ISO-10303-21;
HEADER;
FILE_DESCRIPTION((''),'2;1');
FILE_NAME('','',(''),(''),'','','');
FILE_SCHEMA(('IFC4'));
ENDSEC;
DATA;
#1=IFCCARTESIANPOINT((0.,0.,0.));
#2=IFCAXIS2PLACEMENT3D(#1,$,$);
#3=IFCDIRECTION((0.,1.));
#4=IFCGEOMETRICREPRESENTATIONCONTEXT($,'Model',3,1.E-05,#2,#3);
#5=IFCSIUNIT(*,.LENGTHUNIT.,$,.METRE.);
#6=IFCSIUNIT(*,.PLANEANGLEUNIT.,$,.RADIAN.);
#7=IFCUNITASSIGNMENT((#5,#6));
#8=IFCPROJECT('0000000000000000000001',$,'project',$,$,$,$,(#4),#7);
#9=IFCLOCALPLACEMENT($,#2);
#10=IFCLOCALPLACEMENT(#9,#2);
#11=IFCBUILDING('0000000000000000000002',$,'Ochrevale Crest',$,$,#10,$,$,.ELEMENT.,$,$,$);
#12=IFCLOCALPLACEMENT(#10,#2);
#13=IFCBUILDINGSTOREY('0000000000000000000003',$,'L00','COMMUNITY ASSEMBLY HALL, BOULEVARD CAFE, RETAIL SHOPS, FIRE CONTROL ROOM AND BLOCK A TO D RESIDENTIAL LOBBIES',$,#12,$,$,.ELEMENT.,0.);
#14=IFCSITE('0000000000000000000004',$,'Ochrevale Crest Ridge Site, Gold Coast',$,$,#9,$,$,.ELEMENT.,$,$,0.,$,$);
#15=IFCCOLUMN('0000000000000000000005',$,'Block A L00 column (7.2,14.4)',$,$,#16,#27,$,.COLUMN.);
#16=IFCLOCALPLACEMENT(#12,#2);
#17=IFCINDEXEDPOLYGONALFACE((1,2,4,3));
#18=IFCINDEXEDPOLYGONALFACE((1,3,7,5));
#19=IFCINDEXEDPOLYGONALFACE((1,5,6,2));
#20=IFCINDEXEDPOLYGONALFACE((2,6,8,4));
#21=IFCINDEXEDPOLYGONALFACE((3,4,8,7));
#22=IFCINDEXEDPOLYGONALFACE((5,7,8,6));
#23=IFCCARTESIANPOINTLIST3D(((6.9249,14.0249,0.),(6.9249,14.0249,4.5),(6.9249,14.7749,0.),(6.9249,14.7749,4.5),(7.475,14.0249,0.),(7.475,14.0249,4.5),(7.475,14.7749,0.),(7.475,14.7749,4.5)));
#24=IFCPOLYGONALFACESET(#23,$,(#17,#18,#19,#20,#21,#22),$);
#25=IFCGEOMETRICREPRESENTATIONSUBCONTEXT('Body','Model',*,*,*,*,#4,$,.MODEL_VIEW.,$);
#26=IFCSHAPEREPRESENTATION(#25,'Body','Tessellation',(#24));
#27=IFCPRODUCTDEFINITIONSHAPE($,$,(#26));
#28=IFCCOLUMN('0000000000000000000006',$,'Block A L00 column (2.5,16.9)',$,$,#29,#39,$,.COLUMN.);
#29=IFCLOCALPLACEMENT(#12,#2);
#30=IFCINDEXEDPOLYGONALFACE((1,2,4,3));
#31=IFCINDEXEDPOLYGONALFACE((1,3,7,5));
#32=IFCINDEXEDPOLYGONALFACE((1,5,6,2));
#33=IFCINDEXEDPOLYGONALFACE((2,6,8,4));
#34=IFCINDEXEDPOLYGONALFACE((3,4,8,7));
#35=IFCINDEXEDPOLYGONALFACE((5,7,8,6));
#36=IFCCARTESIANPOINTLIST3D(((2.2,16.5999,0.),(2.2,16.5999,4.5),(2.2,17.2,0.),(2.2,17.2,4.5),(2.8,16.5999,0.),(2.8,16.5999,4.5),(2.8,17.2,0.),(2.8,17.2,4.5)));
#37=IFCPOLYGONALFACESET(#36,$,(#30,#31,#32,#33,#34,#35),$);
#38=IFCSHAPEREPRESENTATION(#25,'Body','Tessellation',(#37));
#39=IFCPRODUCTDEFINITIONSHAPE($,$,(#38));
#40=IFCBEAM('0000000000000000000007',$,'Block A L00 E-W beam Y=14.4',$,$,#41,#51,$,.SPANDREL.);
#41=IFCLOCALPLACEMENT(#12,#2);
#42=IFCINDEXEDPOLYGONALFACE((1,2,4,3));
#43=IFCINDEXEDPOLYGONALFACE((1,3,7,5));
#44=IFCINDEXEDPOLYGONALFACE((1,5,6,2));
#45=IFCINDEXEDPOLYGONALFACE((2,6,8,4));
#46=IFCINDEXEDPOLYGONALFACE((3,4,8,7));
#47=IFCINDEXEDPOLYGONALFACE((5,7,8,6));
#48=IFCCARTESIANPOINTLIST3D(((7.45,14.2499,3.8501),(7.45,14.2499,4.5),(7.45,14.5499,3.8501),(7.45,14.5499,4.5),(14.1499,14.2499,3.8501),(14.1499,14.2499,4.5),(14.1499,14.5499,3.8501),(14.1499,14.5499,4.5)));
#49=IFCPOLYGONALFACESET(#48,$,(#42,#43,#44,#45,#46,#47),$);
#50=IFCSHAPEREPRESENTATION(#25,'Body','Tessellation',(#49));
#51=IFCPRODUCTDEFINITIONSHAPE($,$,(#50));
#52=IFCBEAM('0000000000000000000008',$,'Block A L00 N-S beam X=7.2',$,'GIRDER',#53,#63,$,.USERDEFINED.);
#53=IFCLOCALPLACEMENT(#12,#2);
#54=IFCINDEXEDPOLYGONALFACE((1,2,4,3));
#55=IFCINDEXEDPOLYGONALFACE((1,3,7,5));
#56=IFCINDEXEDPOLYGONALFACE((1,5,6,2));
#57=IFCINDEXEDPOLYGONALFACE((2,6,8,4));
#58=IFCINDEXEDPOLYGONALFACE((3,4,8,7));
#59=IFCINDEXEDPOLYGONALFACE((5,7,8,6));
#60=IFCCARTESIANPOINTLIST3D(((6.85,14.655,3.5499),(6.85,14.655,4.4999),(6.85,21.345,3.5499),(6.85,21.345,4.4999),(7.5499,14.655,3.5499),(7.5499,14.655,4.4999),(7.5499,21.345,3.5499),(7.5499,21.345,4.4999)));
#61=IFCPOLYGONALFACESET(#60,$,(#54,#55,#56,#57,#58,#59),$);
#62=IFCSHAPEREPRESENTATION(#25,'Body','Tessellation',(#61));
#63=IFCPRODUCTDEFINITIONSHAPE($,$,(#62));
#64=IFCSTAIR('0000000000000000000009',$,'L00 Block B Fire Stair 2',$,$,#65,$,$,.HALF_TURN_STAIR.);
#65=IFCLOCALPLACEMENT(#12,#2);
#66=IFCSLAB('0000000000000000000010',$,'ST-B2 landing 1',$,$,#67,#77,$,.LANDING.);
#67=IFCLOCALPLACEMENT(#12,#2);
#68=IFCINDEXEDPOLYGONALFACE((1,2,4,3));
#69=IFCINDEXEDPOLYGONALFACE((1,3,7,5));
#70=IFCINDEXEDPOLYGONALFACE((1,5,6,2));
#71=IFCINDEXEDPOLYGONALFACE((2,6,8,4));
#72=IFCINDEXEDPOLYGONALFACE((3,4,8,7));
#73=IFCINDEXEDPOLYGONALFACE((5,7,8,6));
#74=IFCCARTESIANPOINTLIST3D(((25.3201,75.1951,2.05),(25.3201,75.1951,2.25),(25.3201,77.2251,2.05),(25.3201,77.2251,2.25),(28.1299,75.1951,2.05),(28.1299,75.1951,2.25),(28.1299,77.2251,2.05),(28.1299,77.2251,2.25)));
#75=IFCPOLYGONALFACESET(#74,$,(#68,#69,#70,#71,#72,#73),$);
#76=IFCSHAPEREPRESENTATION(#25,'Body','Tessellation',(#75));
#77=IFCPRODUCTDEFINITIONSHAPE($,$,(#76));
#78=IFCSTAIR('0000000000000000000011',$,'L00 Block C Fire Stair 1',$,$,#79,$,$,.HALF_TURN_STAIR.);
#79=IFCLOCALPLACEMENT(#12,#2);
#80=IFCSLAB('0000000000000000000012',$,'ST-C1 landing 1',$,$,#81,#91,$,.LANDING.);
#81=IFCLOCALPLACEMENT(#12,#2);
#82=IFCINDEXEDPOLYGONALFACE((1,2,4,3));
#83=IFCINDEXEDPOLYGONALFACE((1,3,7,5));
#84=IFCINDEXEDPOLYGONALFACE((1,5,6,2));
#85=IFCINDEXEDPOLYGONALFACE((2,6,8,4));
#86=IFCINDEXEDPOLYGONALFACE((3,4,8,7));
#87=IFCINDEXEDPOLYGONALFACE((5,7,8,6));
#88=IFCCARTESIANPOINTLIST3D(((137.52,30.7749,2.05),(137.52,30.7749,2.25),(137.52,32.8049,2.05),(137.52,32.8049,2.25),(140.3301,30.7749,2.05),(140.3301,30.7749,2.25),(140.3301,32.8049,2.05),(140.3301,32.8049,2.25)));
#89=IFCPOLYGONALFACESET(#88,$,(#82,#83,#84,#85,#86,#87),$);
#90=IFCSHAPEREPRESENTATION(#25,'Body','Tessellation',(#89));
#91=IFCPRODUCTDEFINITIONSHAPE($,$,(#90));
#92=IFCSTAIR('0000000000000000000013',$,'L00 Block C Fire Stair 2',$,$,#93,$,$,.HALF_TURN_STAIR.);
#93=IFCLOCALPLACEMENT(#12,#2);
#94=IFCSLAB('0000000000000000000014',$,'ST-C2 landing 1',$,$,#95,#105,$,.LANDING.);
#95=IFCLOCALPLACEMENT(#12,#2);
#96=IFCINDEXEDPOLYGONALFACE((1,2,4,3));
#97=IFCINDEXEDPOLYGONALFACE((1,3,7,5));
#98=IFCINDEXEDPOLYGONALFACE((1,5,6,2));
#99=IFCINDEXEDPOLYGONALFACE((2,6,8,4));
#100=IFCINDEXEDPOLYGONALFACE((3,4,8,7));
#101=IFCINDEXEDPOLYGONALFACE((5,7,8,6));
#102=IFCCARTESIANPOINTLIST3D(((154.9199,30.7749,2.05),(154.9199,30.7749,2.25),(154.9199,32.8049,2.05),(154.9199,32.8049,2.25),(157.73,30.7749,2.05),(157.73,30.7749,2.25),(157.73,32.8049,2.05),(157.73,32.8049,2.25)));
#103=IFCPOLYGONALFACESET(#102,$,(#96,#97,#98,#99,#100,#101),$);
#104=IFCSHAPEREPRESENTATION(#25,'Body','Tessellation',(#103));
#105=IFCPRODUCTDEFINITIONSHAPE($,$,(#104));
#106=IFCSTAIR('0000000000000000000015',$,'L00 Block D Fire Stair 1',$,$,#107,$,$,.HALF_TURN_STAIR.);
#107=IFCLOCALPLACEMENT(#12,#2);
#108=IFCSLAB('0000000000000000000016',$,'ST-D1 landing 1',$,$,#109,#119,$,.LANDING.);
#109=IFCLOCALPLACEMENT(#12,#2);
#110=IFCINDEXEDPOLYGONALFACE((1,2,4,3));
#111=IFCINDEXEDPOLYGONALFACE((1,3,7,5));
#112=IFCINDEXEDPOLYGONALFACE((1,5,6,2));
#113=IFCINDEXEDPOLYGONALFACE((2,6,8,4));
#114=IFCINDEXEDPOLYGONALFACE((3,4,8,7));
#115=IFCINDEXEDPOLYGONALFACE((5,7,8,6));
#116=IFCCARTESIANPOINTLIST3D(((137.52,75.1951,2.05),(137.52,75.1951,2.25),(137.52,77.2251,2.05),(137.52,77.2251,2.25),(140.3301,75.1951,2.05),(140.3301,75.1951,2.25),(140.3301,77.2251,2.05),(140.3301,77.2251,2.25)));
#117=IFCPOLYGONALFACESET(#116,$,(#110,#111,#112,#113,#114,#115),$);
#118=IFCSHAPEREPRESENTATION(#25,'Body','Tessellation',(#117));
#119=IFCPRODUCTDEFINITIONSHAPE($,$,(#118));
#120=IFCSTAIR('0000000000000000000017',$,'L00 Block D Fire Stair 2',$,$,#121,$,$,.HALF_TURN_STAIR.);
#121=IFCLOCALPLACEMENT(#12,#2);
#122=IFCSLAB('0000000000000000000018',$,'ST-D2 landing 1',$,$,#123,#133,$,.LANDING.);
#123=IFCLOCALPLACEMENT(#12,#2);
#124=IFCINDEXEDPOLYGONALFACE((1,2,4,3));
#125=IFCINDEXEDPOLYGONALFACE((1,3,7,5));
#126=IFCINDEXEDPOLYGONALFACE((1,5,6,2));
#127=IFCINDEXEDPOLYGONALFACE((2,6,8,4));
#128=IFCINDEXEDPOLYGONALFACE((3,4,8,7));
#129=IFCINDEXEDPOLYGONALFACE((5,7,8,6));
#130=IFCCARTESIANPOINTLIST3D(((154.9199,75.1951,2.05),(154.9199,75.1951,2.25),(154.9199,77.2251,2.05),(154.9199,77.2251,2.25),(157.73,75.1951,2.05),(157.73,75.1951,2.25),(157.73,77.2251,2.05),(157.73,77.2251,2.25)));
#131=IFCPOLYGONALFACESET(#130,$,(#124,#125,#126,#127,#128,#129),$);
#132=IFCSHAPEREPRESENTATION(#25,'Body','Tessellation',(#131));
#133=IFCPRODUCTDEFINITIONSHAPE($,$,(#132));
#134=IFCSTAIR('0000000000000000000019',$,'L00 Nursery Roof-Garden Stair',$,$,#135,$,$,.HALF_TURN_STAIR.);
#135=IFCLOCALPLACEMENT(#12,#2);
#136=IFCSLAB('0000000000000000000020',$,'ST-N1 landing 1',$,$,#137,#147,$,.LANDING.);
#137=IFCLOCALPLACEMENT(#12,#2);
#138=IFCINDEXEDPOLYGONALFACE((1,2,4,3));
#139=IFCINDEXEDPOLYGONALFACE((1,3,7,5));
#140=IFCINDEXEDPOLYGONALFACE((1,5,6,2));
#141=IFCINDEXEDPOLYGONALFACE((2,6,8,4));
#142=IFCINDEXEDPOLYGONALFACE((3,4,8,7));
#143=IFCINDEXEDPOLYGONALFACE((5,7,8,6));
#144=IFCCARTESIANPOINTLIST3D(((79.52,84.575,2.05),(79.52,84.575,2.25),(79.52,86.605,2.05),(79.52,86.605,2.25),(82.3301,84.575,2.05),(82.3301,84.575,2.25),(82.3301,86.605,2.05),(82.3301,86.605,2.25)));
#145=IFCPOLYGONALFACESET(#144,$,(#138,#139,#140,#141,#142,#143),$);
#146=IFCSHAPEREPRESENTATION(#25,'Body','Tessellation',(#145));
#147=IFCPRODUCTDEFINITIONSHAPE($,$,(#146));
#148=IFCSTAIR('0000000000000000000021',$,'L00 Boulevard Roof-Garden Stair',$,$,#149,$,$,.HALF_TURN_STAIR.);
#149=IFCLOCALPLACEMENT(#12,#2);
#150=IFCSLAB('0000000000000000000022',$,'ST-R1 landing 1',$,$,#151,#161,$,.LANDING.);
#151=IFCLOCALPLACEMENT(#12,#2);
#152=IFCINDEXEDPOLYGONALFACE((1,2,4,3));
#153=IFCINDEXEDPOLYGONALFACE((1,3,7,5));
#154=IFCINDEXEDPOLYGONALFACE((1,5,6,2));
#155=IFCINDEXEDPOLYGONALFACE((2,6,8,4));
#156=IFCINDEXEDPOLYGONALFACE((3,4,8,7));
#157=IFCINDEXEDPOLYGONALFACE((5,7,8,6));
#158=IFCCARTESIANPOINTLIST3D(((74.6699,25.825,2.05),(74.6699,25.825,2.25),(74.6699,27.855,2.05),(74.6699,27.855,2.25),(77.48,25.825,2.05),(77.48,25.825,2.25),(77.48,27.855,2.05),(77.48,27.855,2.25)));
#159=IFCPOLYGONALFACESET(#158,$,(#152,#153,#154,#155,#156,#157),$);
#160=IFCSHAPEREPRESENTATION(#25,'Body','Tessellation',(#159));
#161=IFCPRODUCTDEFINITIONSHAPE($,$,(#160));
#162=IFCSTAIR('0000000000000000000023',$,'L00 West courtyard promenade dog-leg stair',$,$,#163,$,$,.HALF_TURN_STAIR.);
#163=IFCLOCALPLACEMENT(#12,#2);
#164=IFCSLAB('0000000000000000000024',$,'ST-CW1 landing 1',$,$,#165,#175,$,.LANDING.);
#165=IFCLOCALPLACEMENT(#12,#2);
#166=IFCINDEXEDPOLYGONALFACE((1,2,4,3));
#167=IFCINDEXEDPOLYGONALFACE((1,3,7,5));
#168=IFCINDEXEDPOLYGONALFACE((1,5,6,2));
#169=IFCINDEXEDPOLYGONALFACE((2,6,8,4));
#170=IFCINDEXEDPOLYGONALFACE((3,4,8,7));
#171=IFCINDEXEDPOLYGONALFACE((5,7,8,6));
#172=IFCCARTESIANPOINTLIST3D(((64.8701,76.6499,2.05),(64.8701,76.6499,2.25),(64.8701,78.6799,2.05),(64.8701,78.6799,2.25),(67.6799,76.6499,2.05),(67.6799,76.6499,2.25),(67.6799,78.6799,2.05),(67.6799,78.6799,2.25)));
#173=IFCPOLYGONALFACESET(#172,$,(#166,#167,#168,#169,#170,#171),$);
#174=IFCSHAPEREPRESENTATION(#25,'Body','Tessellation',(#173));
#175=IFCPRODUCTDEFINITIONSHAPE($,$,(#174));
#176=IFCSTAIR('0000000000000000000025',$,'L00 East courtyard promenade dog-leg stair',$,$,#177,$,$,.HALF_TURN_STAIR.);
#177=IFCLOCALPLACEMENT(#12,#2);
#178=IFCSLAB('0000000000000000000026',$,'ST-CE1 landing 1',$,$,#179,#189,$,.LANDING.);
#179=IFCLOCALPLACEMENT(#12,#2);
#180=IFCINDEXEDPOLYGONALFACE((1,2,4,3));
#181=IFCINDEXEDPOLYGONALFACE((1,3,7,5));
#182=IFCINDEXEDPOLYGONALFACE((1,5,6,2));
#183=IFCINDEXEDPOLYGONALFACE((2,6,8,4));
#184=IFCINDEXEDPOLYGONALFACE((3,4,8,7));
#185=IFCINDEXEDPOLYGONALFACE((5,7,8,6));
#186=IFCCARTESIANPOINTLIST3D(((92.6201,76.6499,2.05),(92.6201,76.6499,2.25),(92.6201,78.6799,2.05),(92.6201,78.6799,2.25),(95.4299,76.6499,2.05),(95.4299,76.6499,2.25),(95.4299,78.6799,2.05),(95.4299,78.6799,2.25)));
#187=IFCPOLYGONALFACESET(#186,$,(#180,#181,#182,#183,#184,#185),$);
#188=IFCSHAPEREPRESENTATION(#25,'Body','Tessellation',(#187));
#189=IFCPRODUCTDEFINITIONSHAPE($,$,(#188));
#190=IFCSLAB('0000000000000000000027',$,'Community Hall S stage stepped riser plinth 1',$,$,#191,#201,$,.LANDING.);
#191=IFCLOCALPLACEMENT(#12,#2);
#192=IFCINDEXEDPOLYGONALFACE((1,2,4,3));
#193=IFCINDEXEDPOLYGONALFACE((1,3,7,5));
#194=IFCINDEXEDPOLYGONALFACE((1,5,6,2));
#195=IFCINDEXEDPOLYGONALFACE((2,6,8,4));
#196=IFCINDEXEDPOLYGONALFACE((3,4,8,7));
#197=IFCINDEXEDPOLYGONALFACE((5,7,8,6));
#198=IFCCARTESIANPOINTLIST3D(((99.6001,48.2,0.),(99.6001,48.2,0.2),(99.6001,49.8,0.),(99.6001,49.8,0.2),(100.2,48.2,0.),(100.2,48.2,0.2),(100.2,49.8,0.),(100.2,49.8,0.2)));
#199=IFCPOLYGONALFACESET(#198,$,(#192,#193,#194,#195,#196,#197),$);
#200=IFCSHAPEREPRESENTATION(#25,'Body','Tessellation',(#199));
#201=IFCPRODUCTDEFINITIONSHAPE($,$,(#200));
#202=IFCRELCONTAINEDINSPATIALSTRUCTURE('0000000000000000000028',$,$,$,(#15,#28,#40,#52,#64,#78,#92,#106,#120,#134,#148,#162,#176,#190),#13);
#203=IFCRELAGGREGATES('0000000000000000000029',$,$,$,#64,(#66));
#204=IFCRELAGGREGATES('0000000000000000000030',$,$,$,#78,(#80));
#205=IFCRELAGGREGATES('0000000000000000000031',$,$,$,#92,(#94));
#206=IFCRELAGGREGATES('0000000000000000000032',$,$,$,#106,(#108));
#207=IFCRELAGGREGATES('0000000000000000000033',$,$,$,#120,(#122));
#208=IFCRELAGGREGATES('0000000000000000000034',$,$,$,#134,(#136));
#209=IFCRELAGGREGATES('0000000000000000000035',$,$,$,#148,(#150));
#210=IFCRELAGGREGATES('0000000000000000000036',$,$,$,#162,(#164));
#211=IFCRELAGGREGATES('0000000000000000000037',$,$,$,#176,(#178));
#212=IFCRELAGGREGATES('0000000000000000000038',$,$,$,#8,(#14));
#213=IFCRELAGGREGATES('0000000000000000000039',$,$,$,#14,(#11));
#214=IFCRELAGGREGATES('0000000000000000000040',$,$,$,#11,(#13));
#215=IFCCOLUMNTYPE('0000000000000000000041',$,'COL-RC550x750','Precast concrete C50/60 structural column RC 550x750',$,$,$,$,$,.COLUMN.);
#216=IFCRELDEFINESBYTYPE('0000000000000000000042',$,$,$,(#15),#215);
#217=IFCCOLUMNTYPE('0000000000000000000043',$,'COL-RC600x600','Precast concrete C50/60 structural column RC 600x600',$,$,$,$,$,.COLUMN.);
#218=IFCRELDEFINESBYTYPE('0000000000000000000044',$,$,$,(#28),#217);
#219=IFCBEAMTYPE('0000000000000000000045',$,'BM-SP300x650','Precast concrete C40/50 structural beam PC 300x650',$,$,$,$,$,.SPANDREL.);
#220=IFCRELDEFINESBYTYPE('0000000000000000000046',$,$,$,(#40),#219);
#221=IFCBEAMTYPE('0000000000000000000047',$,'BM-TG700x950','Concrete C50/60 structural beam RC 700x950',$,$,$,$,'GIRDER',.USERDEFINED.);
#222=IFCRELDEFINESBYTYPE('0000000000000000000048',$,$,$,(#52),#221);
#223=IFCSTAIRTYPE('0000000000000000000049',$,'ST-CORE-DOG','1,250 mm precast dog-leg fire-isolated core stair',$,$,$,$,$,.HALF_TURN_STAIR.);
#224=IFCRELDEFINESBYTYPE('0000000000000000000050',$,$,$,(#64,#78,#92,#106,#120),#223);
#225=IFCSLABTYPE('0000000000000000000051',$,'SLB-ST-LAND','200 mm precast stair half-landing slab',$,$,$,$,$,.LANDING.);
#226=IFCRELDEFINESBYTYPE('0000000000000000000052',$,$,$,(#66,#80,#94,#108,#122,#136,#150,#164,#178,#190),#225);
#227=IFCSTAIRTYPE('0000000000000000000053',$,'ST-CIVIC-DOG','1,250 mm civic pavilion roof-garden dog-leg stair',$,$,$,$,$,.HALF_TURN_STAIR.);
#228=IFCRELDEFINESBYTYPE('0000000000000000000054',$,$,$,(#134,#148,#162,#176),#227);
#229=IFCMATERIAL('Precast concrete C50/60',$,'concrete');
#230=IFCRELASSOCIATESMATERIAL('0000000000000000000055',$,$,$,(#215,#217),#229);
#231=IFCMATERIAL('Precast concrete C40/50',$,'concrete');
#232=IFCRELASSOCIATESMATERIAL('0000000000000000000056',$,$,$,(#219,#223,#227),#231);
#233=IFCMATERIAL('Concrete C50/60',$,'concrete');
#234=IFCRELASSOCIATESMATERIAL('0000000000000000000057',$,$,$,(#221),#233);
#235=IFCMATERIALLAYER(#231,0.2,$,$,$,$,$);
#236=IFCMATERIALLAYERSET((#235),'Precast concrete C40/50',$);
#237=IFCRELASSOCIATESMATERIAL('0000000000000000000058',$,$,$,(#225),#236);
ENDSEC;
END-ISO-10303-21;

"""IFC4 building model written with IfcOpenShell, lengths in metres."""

from ifc_helpers import new_model, si_unit, direction, frame, origin, origin_2d, place, context, subcontext, project, spatial, polyline, rectangle, outline, extrude, material, layer, layer_set, material_profile, profile_set, type_object, element, aggregate, save


model = new_model("IFC4")

# Units and contexts
model_context = context("Model", 3, precision=1e-05, world=origin(), true_north=direction((0.0, 1.0)))
body_context = subcontext(model_context, "Body", "Model", "MODEL_VIEW")
ifc_project = project(units=[si_unit("LENGTHUNIT", "METRE"), si_unit("PLANEANGLEUNIT", "RADIAN")], contexts=[model_context])

# Site, building, storey
site_placement = place(None, origin())
site = spatial("IfcSite", under=ifc_project, at=site_placement, Name="Ochrevale Crest Ridge Site, Gold Coast", CompositionType="ELEMENT", RefElevation=0.0)
building_placement = place(site_placement, origin())
building = spatial("IfcBuilding", under=site, at=building_placement, Name="Ochrevale Crest", CompositionType="ELEMENT")
storey_placement = place(building_placement, origin())
storey = spatial("IfcBuildingStorey", under=building, at=storey_placement, Name="L00", Description="COMMUNITY ASSEMBLY HALL, BOULEVARD CAFE, RETAIL SHOPS, FIRE CONTROL ROOM AND BLOCK A TO D RESIDENTIAL LOBBIES", CompositionType="ELEMENT", Elevation=0.0)

# Columns
ifc_material_1 = material(Name="Precast concrete C50/60", Category="concrete")
ifc_material_profile_1 = material_profile(ifc_material_1, rectangle(XDim=0.55, YDim=0.75, at=origin_2d()), Name="RC 550x750")
ifc_profile_set_1 = profile_set([ifc_material_profile_1], Name="Precast concrete C50/60")
column_type_1 = type_object("IfcColumnType", Name="COL-RC550x750", Description="Precast concrete C50/60 structural column RC 550x750", PredefinedType="COLUMN", material=ifc_profile_set_1)
column_1_placement = place(storey_placement, frame((7.2, 14.3999, 0.0), z_axis=(0.0, 0.0, 1.0), x_axis=(1.0, 0.0, 0.0)))
element("IfcColumn", 1, at=column_1_placement, inside=storey, type_object=column_type_1, Name="Block A L00 column (7.2,14.4)", PredefinedType="COLUMN", context=body_context, shape_type="SweptSolid", body=[
    extrude(rectangle(XDim=0.55, YDim=0.75, at=origin_2d()), origin(), (0.0, 0.0, 1.0), 4.5),
])
ifc_material_profile_2 = material_profile(ifc_material_1, rectangle(XDim=0.6001, YDim=0.6001, at=origin_2d()), Name="RC 600x600")
ifc_profile_set_2 = profile_set([ifc_material_profile_2], Name="Precast concrete C50/60")
column_type_2 = type_object("IfcColumnType", Name="COL-RC600x600", Description="Precast concrete C50/60 structural column RC 600x600", PredefinedType="COLUMN", material=ifc_profile_set_2)
column_2_placement = place(storey_placement, frame((2.5, 16.8999, 0.0), z_axis=(0.0, 0.0, 1.0), x_axis=(1.0, 0.0, 0.0)))
element("IfcColumn", 2, at=column_2_placement, inside=storey, type_object=column_type_2, Name="Block A L00 column (2.5,16.9)", PredefinedType="COLUMN", context=body_context, shape_type="SweptSolid", body=[
    extrude(rectangle(XDim=0.6001, YDim=0.6001, at=origin_2d()), origin(), (0.0, 0.0, 1.0), 4.5),
])

# Beams
ifc_material_2 = material(Name="Precast concrete C40/50", Category="concrete")
ifc_material_profile_3 = material_profile(ifc_material_2, rectangle(XDim=0.3, YDim=0.6499, at=origin_2d()), Name="PC 300x650")
ifc_profile_set_3 = profile_set([ifc_material_profile_3], Name="Precast concrete C40/50")
beam_type_1 = type_object("IfcBeamType", Name="BM-SP300x650", Description="Precast concrete C40/50 structural beam PC 300x650", PredefinedType="SPANDREL", material=ifc_profile_set_3)
beam_1_placement = place(storey_placement, frame((7.45, 14.3999, 4.175), z_axis=(1.0, 0.0, 0.0), x_axis=(0.0, 1.0, 0.0)))
element("IfcBeam", 3, at=beam_1_placement, inside=storey, type_object=beam_type_1, Name="Block A L00 E-W beam Y=14.4", PredefinedType="SPANDREL", context=body_context, shape_type="SweptSolid", body=[
    extrude(rectangle(XDim=0.3, YDim=0.6499, at=origin_2d()), origin(), (0.0, 0.0, 1.0), 6.7),
])
ifc_material_3 = material(Name="Concrete C50/60", Category="concrete")
ifc_material_profile_4 = material_profile(ifc_material_3, rectangle(XDim=0.7, YDim=0.95, at=origin_2d()), Name="RC 700x950")
ifc_profile_set_4 = profile_set([ifc_material_profile_4], Name="Concrete C50/60")
beam_type_2 = type_object("IfcBeamType", Name="BM-TG700x950", Description="Concrete C50/60 structural beam RC 700x950", ElementType="GIRDER", PredefinedType="USERDEFINED", material=ifc_profile_set_4)
beam_2_placement = place(storey_placement, frame((7.2, 14.655, 4.0249), z_axis=(0.0, 1.0, 0.0), x_axis=(-1.0, 0.0, 0.0)))
element("IfcBeam", 4, at=beam_2_placement, inside=storey, type_object=beam_type_2, Name="Block A L00 N-S beam X=7.2", ObjectType="GIRDER", PredefinedType="USERDEFINED", context=body_context, shape_type="SweptSolid", body=[
    extrude(rectangle(XDim=0.7, YDim=0.95, at=origin_2d()), origin(), (0.0, 0.0, 1.0), 6.6899),
])

# Stairs, slabs
stair_type_1 = type_object("IfcStairType", Name="ST-CORE-DOG", Description="1,250 mm precast dog-leg fire-isolated core stair", PredefinedType="HALF_TURN_STAIR", material=ifc_material_2)
stair_1_placement = place(storey_placement, origin())
stair_1 = element("IfcStair", 5, at=stair_1_placement, inside=storey, type_object=stair_type_1, Name="L00 Block B Fire Stair 2", PredefinedType="HALF_TURN_STAIR")
ifc_layer_1 = layer(ifc_material_2, 0.2)
ifc_layer_set_1 = layer_set([ifc_layer_1], Name="Precast concrete C40/50")
slab_type = type_object("IfcSlabType", Name="SLB-ST-LAND", Description="200 mm precast stair half-landing slab", PredefinedType="LANDING", material=ifc_layer_set_1)
slab_1_placement = place(storey_placement, frame((0.0, 0.0, 2.05)))
slab_1 = element("IfcSlab", 6, at=slab_1_placement, type_object=slab_type, Name="ST-B2 landing 1", PredefinedType="LANDING", context=body_context, shape_type="SweptSolid", body=[
    extrude(outline(polyline([(25.3201, 77.2251), (25.3201, 75.1951), (28.1299, 75.1951), (28.1299, 77.2251), (25.3201, 77.2251)])), origin(), (0.0, 0.0, 1.0), 0.2),
])
aggregate(stair_1, [slab_1])
stair_2_placement = place(storey_placement, origin())
stair_2 = element("IfcStair", 7, at=stair_2_placement, inside=storey, type_object=stair_type_1, Name="L00 Block C Fire Stair 1", PredefinedType="HALF_TURN_STAIR")
slab_2_placement = place(storey_placement, frame((0.0, 0.0, 2.05)))
slab_2 = element("IfcSlab", 8, at=slab_2_placement, type_object=slab_type, Name="ST-C1 landing 1", PredefinedType="LANDING", context=body_context, shape_type="SweptSolid", body=[
    extrude(outline(polyline([(140.3301, 30.7749), (140.3301, 32.8049), (137.52, 32.8049), (137.52, 30.7749), (140.3301, 30.7749)])), origin(), (0.0, 0.0, 1.0), 0.2),
])
aggregate(stair_2, [slab_2])
stair_3_placement = place(storey_placement, origin())
stair_3 = element("IfcStair", 9, at=stair_3_placement, inside=storey, type_object=stair_type_1, Name="L00 Block C Fire Stair 2", PredefinedType="HALF_TURN_STAIR")
slab_3_placement = place(storey_placement, frame((0.0, 0.0, 2.05)))
slab_3 = element("IfcSlab", 10, at=slab_3_placement, type_object=slab_type, Name="ST-C2 landing 1", PredefinedType="LANDING", context=body_context, shape_type="SweptSolid", body=[
    extrude(outline(polyline([(157.73, 30.7749), (157.73, 32.8049), (154.9199, 32.8049), (154.9199, 30.7749), (157.73, 30.7749)])), origin(), (0.0, 0.0, 1.0), 0.2),
])
aggregate(stair_3, [slab_3])
stair_4_placement = place(storey_placement, origin())
stair_4 = element("IfcStair", 11, at=stair_4_placement, inside=storey, type_object=stair_type_1, Name="L00 Block D Fire Stair 1", PredefinedType="HALF_TURN_STAIR")
slab_4_placement = place(storey_placement, frame((0.0, 0.0, 2.05)))
slab_4 = element("IfcSlab", 12, at=slab_4_placement, type_object=slab_type, Name="ST-D1 landing 1", PredefinedType="LANDING", context=body_context, shape_type="SweptSolid", body=[
    extrude(outline(polyline([(137.52, 77.2251), (137.52, 75.1951), (140.3301, 75.1951), (140.3301, 77.2251), (137.52, 77.2251)])), origin(), (0.0, 0.0, 1.0), 0.2),
])
aggregate(stair_4, [slab_4])
stair_5_placement = place(storey_placement, origin())
stair_5 = element("IfcStair", 13, at=stair_5_placement, inside=storey, type_object=stair_type_1, Name="L00 Block D Fire Stair 2", PredefinedType="HALF_TURN_STAIR")
slab_5_placement = place(storey_placement, frame((0.0, 0.0, 2.05)))
slab_5 = element("IfcSlab", 14, at=slab_5_placement, type_object=slab_type, Name="ST-D2 landing 1", PredefinedType="LANDING", context=body_context, shape_type="SweptSolid", body=[
    extrude(outline(polyline([(154.9199, 77.2251), (154.9199, 75.1951), (157.73, 75.1951), (157.73, 77.2251), (154.9199, 77.2251)])), origin(), (0.0, 0.0, 1.0), 0.2),
])
aggregate(stair_5, [slab_5])
stair_type_2 = type_object("IfcStairType", Name="ST-CIVIC-DOG", Description="1,250 mm civic pavilion roof-garden dog-leg stair", PredefinedType="HALF_TURN_STAIR", material=ifc_material_2)
stair_6_placement = place(storey_placement, origin())
stair_6 = element("IfcStair", 15, at=stair_6_placement, inside=storey, type_object=stair_type_2, Name="L00 Nursery Roof-Garden Stair", PredefinedType="HALF_TURN_STAIR")
slab_6_placement = place(storey_placement, frame((0.0, 0.0, 2.05)))
slab_6 = element("IfcSlab", 16, at=slab_6_placement, type_object=slab_type, Name="ST-N1 landing 1", PredefinedType="LANDING", context=body_context, shape_type="SweptSolid", body=[
    extrude(outline(polyline([(82.3301, 84.575), (82.3301, 86.605), (79.52, 86.605), (79.52, 84.575), (82.3301, 84.575)])), origin(), (0.0, 0.0, 1.0), 0.2),
])
aggregate(stair_6, [slab_6])
stair_7_placement = place(storey_placement, origin())
stair_7 = element("IfcStair", 17, at=stair_7_placement, inside=storey, type_object=stair_type_2, Name="L00 Boulevard Roof-Garden Stair", PredefinedType="HALF_TURN_STAIR")
slab_7_placement = place(storey_placement, frame((0.0, 0.0, 2.05)))
slab_7 = element("IfcSlab", 18, at=slab_7_placement, type_object=slab_type, Name="ST-R1 landing 1", PredefinedType="LANDING", context=body_context, shape_type="SweptSolid", body=[
    extrude(outline(polyline([(77.48, 25.825), (77.48, 27.855), (74.6699, 27.855), (74.6699, 25.825), (77.48, 25.825)])), origin(), (0.0, 0.0, 1.0), 0.2),
])
aggregate(stair_7, [slab_7])
stair_8_placement = place(storey_placement, origin())
stair_8 = element("IfcStair", 19, at=stair_8_placement, inside=storey, type_object=stair_type_2, Name="L00 West courtyard promenade dog-leg stair", PredefinedType="HALF_TURN_STAIR")
slab_8_placement = place(storey_placement, frame((0.0, 0.0, 2.05)))
slab_8 = element("IfcSlab", 20, at=slab_8_placement, type_object=slab_type, Name="ST-CW1 landing 1", PredefinedType="LANDING", context=body_context, shape_type="SweptSolid", body=[
    extrude(outline(polyline([(67.6799, 76.6499), (67.6799, 78.6799), (64.8701, 78.6799), (64.8701, 76.6499), (67.6799, 76.6499)])), origin(), (0.0, 0.0, 1.0), 0.2),
])
aggregate(stair_8, [slab_8])
stair_9_placement = place(storey_placement, origin())
stair_9 = element("IfcStair", 21, at=stair_9_placement, inside=storey, type_object=stair_type_2, Name="L00 East courtyard promenade dog-leg stair", PredefinedType="HALF_TURN_STAIR")
slab_9_placement = place(storey_placement, frame((0.0, 0.0, 2.05)))
slab_9 = element("IfcSlab", 22, at=slab_9_placement, type_object=slab_type, Name="ST-CE1 landing 1", PredefinedType="LANDING", context=body_context, shape_type="SweptSolid", body=[
    extrude(outline(polyline([(95.4299, 76.6499), (95.4299, 78.6799), (92.6201, 78.6799), (92.6201, 76.6499), (95.4299, 76.6499)])), origin(), (0.0, 0.0, 1.0), 0.2),
])
aggregate(stair_9, [slab_9])

# Slab
slab_10_placement = place(storey_placement, origin())
element("IfcSlab", 23, at=slab_10_placement, inside=storey, type_object=slab_type, Name="Community Hall S stage stepped riser plinth 1", PredefinedType="LANDING", context=body_context, shape_type="SweptSolid", body=[
    extrude(outline(polyline([(99.6001, 48.2), (100.2, 48.2), (100.2, 49.8), (99.6001, 49.8), (99.6001, 48.2)])), origin(), (0.0, 0.0, 1.0), 0.2),
])

save(model, "model.ifc")
